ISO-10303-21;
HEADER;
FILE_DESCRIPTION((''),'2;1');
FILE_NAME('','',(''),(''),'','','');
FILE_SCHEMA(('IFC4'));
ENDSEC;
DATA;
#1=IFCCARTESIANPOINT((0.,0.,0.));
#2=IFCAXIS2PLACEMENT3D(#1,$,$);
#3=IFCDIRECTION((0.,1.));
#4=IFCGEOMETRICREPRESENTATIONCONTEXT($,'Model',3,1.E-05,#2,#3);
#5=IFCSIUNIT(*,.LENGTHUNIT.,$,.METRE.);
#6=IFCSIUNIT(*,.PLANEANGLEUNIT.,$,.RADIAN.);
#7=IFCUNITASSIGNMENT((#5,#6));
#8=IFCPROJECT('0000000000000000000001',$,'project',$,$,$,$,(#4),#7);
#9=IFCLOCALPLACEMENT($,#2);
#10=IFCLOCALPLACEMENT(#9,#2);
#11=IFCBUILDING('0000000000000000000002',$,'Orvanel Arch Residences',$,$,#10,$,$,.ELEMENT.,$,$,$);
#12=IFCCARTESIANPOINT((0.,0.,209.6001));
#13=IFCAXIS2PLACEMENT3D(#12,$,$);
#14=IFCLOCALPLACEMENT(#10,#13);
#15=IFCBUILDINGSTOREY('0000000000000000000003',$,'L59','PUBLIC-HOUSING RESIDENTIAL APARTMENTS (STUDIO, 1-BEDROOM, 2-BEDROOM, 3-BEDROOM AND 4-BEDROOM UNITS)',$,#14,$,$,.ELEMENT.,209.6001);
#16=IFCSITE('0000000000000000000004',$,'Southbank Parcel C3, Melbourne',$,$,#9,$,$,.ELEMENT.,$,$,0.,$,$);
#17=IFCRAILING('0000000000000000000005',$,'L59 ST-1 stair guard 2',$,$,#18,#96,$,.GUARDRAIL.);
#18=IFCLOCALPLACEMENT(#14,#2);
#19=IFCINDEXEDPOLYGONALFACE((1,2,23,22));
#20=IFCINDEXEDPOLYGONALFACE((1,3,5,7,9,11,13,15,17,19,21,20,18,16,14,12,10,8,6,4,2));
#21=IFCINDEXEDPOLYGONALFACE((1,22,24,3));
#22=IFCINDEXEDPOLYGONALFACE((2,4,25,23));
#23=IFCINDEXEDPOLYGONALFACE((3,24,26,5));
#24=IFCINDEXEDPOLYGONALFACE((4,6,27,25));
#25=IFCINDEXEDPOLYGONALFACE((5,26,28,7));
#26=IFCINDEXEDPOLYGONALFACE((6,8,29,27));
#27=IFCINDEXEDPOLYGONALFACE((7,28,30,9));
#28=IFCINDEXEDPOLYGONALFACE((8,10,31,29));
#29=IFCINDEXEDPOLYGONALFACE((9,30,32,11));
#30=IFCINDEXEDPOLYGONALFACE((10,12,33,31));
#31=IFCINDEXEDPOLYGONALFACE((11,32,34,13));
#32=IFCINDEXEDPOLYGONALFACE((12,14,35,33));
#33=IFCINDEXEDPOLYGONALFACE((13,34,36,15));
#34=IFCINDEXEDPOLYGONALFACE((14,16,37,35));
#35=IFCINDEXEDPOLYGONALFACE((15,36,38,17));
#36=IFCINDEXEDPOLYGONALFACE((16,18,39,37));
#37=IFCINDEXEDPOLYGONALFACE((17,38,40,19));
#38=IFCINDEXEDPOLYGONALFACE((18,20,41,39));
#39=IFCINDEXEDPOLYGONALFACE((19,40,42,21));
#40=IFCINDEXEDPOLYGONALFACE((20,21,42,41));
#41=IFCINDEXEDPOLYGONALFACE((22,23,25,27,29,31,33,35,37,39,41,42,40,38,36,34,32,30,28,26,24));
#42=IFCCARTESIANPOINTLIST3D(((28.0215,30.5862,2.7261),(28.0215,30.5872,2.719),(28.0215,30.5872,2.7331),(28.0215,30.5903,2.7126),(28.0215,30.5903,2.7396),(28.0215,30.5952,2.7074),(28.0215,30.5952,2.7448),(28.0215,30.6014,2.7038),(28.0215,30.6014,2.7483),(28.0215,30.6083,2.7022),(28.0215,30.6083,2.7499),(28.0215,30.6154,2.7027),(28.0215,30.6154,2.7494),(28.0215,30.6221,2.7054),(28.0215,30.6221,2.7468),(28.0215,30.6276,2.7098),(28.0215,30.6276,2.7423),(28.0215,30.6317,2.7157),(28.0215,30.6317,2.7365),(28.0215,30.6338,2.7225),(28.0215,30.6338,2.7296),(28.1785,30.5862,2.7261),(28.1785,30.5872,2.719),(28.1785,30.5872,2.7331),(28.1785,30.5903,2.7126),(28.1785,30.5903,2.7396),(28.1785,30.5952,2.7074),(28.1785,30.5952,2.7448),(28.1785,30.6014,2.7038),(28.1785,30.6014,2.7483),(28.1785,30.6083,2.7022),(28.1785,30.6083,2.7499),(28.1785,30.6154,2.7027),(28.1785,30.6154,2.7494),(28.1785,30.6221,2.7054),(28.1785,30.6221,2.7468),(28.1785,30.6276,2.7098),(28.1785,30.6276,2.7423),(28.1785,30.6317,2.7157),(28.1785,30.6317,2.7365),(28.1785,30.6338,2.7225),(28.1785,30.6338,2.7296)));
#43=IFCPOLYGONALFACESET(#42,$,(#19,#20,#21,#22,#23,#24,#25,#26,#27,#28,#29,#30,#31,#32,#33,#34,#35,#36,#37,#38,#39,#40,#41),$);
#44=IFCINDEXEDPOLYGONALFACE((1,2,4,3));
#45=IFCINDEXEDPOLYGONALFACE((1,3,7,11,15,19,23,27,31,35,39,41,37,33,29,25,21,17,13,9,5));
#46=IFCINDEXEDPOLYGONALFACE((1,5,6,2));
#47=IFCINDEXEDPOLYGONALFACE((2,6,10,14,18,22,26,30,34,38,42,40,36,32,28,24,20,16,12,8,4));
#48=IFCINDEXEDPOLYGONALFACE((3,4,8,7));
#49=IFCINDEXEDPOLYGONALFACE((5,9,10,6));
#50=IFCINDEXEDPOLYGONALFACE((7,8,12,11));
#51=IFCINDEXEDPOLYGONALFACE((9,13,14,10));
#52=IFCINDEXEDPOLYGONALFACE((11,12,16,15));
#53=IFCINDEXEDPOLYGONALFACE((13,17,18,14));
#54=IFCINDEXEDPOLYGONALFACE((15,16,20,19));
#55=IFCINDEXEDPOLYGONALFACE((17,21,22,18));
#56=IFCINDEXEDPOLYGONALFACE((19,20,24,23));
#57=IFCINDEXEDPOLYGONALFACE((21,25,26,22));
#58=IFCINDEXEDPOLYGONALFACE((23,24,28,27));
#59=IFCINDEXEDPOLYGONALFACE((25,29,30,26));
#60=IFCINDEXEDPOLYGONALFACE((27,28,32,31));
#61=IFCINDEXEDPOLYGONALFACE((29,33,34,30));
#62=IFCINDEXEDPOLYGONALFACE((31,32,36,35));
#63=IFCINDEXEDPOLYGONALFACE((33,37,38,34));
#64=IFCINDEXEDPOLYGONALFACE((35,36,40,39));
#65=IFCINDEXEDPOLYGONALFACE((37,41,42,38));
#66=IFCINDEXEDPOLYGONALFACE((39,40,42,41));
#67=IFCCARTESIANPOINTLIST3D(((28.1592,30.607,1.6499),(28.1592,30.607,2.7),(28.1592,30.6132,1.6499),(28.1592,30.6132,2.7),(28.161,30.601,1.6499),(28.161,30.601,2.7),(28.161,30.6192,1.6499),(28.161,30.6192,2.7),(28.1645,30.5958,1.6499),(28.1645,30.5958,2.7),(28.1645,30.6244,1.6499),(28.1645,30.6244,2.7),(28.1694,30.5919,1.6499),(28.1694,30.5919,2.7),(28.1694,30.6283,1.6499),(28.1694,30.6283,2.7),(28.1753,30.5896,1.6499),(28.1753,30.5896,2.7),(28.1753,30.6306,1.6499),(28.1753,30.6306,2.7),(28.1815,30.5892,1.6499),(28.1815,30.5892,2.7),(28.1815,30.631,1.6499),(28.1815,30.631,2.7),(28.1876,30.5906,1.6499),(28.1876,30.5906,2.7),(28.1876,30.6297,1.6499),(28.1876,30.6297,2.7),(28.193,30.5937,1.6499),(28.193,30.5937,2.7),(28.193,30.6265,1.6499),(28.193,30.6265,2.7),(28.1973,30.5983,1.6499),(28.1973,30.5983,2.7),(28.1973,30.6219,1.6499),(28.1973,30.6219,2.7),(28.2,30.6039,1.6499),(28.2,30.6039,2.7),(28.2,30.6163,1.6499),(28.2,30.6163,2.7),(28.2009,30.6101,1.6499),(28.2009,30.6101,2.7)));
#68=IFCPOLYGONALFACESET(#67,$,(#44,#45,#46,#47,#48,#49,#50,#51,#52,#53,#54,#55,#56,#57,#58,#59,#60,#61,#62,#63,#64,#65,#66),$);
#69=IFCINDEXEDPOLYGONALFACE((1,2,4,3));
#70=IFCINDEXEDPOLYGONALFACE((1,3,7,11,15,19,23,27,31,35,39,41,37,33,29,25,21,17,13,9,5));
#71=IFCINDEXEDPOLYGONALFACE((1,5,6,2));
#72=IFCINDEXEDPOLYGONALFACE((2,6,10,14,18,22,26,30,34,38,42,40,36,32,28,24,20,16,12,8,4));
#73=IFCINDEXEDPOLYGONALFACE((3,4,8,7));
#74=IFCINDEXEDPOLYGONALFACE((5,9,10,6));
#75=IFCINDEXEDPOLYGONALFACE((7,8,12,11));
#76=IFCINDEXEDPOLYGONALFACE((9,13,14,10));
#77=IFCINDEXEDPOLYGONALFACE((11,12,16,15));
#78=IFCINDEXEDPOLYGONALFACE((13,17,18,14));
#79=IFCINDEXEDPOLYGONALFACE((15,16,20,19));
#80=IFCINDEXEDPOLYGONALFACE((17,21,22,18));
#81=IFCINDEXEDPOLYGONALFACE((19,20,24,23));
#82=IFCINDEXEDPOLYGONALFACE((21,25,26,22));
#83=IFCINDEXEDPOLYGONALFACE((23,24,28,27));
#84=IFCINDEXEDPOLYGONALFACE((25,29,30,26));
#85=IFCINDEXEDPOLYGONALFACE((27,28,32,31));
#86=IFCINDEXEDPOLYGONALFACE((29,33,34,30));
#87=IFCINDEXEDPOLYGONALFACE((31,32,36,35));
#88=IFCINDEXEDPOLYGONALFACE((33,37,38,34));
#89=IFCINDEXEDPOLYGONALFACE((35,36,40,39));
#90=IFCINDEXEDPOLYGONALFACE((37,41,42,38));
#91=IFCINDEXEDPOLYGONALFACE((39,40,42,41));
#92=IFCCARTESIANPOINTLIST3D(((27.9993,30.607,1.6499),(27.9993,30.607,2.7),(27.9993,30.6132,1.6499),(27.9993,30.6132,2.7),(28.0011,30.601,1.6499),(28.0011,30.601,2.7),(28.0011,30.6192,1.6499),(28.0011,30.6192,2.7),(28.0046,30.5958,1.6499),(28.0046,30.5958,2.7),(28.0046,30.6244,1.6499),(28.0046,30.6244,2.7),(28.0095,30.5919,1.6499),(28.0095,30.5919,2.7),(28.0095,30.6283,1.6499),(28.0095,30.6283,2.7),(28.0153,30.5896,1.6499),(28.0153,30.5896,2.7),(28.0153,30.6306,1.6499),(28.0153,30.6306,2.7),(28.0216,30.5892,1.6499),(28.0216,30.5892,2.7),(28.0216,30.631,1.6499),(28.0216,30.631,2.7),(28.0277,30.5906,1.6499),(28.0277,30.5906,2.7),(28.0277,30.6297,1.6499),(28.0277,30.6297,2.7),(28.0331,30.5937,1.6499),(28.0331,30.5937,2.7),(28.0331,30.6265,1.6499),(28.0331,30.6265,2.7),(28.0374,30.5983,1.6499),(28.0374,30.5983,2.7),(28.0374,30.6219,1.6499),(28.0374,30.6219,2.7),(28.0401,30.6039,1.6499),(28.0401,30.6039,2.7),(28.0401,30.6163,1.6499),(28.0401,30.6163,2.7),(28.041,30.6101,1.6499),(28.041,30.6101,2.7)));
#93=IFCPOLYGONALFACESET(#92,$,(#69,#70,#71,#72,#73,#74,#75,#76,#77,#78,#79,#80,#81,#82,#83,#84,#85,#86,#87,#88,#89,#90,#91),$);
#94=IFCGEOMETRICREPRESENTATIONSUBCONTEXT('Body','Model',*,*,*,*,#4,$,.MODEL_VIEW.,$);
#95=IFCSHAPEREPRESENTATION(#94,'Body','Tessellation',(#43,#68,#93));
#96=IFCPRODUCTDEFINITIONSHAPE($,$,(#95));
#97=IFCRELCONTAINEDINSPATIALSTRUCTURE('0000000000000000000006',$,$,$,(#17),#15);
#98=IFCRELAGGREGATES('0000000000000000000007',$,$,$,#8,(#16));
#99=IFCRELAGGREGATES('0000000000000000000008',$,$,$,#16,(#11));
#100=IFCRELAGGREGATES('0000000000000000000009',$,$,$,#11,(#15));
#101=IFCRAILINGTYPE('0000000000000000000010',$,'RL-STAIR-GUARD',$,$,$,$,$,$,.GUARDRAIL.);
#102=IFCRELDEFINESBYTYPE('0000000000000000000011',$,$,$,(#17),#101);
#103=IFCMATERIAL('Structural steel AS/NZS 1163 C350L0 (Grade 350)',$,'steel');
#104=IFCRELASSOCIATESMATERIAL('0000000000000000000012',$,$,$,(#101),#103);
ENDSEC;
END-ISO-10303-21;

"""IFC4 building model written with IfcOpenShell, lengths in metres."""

from ifc_helpers import new_model, si_unit, direction, frame, origin, origin_2d, place, context, subcontext, project, spatial, circle, extrude, material, type_object, element, save


model = new_model("IFC4")

# Units and contexts
model_context = context("Model", 3, precision=1e-05, world=origin(), true_north=direction((0.0, 1.0)))
body_context = subcontext(model_context, "Body", "Model", "MODEL_VIEW")
ifc_project = project(units=[si_unit("LENGTHUNIT", "METRE"), si_unit("PLANEANGLEUNIT", "RADIAN")], contexts=[model_context])

# Site, building, storey
site_placement = place(None, origin())
site = spatial("IfcSite", under=ifc_project, at=site_placement, Name="Southbank Parcel C3, Melbourne", CompositionType="ELEMENT", RefElevation=0.0)
building_placement = place(site_placement, origin())
building = spatial("IfcBuilding", under=site, at=building_placement, Name="Orvanel Arch Residences", CompositionType="ELEMENT")
storey_placement = place(building_placement, frame((0.0, 0.0, 209.6001)))
storey = spatial("IfcBuildingStorey", under=building, at=storey_placement, Name="L59", Description="PUBLIC-HOUSING RESIDENTIAL APARTMENTS (STUDIO, 1-BEDROOM, 2-BEDROOM, 3-BEDROOM AND 4-BEDROOM UNITS)", CompositionType="ELEMENT", Elevation=209.6001)

# Railing
ifc_material_1 = material(Name="Structural steel AS/NZS 1163 C350L0 (Grade 350)", Category="steel")
railing_type_1 = type_object("IfcRailingType", Name="RL-STAIR-GUARD", PredefinedType="GUARDRAIL", material=ifc_material_1)
railing_1_placement = place(storey_placement, frame((28.1799, 30.6101, 1.6499)))
element("IfcRailing", 1, at=railing_1_placement, inside=storey, type_object=railing_type_1, Name="L59 ST-1 stair guard 2", PredefinedType="GUARDRAIL", context=body_context, shape_type="SweptSolid", body=[
    extrude(circle(Radius=0.0239, at=origin_2d()), frame((-0.0015, 0.0, 1.0762), z_axis=(-1.0, 0.0, 0.0), x_axis=(0.0, -1.0, 0.0)), (0.0, 0.0, 1.0), 0.157),
    extrude(circle(Radius=0.021, at=origin_2d()), origin(), (0.0, 0.0, 1.0), 1.05),
    extrude(circle(Radius=0.021, at=origin_2d()), frame((-0.1599, 0.0, 0.0)), (0.0, 0.0, 1.0), 1.05),
])

save(model, "model.ifc")
